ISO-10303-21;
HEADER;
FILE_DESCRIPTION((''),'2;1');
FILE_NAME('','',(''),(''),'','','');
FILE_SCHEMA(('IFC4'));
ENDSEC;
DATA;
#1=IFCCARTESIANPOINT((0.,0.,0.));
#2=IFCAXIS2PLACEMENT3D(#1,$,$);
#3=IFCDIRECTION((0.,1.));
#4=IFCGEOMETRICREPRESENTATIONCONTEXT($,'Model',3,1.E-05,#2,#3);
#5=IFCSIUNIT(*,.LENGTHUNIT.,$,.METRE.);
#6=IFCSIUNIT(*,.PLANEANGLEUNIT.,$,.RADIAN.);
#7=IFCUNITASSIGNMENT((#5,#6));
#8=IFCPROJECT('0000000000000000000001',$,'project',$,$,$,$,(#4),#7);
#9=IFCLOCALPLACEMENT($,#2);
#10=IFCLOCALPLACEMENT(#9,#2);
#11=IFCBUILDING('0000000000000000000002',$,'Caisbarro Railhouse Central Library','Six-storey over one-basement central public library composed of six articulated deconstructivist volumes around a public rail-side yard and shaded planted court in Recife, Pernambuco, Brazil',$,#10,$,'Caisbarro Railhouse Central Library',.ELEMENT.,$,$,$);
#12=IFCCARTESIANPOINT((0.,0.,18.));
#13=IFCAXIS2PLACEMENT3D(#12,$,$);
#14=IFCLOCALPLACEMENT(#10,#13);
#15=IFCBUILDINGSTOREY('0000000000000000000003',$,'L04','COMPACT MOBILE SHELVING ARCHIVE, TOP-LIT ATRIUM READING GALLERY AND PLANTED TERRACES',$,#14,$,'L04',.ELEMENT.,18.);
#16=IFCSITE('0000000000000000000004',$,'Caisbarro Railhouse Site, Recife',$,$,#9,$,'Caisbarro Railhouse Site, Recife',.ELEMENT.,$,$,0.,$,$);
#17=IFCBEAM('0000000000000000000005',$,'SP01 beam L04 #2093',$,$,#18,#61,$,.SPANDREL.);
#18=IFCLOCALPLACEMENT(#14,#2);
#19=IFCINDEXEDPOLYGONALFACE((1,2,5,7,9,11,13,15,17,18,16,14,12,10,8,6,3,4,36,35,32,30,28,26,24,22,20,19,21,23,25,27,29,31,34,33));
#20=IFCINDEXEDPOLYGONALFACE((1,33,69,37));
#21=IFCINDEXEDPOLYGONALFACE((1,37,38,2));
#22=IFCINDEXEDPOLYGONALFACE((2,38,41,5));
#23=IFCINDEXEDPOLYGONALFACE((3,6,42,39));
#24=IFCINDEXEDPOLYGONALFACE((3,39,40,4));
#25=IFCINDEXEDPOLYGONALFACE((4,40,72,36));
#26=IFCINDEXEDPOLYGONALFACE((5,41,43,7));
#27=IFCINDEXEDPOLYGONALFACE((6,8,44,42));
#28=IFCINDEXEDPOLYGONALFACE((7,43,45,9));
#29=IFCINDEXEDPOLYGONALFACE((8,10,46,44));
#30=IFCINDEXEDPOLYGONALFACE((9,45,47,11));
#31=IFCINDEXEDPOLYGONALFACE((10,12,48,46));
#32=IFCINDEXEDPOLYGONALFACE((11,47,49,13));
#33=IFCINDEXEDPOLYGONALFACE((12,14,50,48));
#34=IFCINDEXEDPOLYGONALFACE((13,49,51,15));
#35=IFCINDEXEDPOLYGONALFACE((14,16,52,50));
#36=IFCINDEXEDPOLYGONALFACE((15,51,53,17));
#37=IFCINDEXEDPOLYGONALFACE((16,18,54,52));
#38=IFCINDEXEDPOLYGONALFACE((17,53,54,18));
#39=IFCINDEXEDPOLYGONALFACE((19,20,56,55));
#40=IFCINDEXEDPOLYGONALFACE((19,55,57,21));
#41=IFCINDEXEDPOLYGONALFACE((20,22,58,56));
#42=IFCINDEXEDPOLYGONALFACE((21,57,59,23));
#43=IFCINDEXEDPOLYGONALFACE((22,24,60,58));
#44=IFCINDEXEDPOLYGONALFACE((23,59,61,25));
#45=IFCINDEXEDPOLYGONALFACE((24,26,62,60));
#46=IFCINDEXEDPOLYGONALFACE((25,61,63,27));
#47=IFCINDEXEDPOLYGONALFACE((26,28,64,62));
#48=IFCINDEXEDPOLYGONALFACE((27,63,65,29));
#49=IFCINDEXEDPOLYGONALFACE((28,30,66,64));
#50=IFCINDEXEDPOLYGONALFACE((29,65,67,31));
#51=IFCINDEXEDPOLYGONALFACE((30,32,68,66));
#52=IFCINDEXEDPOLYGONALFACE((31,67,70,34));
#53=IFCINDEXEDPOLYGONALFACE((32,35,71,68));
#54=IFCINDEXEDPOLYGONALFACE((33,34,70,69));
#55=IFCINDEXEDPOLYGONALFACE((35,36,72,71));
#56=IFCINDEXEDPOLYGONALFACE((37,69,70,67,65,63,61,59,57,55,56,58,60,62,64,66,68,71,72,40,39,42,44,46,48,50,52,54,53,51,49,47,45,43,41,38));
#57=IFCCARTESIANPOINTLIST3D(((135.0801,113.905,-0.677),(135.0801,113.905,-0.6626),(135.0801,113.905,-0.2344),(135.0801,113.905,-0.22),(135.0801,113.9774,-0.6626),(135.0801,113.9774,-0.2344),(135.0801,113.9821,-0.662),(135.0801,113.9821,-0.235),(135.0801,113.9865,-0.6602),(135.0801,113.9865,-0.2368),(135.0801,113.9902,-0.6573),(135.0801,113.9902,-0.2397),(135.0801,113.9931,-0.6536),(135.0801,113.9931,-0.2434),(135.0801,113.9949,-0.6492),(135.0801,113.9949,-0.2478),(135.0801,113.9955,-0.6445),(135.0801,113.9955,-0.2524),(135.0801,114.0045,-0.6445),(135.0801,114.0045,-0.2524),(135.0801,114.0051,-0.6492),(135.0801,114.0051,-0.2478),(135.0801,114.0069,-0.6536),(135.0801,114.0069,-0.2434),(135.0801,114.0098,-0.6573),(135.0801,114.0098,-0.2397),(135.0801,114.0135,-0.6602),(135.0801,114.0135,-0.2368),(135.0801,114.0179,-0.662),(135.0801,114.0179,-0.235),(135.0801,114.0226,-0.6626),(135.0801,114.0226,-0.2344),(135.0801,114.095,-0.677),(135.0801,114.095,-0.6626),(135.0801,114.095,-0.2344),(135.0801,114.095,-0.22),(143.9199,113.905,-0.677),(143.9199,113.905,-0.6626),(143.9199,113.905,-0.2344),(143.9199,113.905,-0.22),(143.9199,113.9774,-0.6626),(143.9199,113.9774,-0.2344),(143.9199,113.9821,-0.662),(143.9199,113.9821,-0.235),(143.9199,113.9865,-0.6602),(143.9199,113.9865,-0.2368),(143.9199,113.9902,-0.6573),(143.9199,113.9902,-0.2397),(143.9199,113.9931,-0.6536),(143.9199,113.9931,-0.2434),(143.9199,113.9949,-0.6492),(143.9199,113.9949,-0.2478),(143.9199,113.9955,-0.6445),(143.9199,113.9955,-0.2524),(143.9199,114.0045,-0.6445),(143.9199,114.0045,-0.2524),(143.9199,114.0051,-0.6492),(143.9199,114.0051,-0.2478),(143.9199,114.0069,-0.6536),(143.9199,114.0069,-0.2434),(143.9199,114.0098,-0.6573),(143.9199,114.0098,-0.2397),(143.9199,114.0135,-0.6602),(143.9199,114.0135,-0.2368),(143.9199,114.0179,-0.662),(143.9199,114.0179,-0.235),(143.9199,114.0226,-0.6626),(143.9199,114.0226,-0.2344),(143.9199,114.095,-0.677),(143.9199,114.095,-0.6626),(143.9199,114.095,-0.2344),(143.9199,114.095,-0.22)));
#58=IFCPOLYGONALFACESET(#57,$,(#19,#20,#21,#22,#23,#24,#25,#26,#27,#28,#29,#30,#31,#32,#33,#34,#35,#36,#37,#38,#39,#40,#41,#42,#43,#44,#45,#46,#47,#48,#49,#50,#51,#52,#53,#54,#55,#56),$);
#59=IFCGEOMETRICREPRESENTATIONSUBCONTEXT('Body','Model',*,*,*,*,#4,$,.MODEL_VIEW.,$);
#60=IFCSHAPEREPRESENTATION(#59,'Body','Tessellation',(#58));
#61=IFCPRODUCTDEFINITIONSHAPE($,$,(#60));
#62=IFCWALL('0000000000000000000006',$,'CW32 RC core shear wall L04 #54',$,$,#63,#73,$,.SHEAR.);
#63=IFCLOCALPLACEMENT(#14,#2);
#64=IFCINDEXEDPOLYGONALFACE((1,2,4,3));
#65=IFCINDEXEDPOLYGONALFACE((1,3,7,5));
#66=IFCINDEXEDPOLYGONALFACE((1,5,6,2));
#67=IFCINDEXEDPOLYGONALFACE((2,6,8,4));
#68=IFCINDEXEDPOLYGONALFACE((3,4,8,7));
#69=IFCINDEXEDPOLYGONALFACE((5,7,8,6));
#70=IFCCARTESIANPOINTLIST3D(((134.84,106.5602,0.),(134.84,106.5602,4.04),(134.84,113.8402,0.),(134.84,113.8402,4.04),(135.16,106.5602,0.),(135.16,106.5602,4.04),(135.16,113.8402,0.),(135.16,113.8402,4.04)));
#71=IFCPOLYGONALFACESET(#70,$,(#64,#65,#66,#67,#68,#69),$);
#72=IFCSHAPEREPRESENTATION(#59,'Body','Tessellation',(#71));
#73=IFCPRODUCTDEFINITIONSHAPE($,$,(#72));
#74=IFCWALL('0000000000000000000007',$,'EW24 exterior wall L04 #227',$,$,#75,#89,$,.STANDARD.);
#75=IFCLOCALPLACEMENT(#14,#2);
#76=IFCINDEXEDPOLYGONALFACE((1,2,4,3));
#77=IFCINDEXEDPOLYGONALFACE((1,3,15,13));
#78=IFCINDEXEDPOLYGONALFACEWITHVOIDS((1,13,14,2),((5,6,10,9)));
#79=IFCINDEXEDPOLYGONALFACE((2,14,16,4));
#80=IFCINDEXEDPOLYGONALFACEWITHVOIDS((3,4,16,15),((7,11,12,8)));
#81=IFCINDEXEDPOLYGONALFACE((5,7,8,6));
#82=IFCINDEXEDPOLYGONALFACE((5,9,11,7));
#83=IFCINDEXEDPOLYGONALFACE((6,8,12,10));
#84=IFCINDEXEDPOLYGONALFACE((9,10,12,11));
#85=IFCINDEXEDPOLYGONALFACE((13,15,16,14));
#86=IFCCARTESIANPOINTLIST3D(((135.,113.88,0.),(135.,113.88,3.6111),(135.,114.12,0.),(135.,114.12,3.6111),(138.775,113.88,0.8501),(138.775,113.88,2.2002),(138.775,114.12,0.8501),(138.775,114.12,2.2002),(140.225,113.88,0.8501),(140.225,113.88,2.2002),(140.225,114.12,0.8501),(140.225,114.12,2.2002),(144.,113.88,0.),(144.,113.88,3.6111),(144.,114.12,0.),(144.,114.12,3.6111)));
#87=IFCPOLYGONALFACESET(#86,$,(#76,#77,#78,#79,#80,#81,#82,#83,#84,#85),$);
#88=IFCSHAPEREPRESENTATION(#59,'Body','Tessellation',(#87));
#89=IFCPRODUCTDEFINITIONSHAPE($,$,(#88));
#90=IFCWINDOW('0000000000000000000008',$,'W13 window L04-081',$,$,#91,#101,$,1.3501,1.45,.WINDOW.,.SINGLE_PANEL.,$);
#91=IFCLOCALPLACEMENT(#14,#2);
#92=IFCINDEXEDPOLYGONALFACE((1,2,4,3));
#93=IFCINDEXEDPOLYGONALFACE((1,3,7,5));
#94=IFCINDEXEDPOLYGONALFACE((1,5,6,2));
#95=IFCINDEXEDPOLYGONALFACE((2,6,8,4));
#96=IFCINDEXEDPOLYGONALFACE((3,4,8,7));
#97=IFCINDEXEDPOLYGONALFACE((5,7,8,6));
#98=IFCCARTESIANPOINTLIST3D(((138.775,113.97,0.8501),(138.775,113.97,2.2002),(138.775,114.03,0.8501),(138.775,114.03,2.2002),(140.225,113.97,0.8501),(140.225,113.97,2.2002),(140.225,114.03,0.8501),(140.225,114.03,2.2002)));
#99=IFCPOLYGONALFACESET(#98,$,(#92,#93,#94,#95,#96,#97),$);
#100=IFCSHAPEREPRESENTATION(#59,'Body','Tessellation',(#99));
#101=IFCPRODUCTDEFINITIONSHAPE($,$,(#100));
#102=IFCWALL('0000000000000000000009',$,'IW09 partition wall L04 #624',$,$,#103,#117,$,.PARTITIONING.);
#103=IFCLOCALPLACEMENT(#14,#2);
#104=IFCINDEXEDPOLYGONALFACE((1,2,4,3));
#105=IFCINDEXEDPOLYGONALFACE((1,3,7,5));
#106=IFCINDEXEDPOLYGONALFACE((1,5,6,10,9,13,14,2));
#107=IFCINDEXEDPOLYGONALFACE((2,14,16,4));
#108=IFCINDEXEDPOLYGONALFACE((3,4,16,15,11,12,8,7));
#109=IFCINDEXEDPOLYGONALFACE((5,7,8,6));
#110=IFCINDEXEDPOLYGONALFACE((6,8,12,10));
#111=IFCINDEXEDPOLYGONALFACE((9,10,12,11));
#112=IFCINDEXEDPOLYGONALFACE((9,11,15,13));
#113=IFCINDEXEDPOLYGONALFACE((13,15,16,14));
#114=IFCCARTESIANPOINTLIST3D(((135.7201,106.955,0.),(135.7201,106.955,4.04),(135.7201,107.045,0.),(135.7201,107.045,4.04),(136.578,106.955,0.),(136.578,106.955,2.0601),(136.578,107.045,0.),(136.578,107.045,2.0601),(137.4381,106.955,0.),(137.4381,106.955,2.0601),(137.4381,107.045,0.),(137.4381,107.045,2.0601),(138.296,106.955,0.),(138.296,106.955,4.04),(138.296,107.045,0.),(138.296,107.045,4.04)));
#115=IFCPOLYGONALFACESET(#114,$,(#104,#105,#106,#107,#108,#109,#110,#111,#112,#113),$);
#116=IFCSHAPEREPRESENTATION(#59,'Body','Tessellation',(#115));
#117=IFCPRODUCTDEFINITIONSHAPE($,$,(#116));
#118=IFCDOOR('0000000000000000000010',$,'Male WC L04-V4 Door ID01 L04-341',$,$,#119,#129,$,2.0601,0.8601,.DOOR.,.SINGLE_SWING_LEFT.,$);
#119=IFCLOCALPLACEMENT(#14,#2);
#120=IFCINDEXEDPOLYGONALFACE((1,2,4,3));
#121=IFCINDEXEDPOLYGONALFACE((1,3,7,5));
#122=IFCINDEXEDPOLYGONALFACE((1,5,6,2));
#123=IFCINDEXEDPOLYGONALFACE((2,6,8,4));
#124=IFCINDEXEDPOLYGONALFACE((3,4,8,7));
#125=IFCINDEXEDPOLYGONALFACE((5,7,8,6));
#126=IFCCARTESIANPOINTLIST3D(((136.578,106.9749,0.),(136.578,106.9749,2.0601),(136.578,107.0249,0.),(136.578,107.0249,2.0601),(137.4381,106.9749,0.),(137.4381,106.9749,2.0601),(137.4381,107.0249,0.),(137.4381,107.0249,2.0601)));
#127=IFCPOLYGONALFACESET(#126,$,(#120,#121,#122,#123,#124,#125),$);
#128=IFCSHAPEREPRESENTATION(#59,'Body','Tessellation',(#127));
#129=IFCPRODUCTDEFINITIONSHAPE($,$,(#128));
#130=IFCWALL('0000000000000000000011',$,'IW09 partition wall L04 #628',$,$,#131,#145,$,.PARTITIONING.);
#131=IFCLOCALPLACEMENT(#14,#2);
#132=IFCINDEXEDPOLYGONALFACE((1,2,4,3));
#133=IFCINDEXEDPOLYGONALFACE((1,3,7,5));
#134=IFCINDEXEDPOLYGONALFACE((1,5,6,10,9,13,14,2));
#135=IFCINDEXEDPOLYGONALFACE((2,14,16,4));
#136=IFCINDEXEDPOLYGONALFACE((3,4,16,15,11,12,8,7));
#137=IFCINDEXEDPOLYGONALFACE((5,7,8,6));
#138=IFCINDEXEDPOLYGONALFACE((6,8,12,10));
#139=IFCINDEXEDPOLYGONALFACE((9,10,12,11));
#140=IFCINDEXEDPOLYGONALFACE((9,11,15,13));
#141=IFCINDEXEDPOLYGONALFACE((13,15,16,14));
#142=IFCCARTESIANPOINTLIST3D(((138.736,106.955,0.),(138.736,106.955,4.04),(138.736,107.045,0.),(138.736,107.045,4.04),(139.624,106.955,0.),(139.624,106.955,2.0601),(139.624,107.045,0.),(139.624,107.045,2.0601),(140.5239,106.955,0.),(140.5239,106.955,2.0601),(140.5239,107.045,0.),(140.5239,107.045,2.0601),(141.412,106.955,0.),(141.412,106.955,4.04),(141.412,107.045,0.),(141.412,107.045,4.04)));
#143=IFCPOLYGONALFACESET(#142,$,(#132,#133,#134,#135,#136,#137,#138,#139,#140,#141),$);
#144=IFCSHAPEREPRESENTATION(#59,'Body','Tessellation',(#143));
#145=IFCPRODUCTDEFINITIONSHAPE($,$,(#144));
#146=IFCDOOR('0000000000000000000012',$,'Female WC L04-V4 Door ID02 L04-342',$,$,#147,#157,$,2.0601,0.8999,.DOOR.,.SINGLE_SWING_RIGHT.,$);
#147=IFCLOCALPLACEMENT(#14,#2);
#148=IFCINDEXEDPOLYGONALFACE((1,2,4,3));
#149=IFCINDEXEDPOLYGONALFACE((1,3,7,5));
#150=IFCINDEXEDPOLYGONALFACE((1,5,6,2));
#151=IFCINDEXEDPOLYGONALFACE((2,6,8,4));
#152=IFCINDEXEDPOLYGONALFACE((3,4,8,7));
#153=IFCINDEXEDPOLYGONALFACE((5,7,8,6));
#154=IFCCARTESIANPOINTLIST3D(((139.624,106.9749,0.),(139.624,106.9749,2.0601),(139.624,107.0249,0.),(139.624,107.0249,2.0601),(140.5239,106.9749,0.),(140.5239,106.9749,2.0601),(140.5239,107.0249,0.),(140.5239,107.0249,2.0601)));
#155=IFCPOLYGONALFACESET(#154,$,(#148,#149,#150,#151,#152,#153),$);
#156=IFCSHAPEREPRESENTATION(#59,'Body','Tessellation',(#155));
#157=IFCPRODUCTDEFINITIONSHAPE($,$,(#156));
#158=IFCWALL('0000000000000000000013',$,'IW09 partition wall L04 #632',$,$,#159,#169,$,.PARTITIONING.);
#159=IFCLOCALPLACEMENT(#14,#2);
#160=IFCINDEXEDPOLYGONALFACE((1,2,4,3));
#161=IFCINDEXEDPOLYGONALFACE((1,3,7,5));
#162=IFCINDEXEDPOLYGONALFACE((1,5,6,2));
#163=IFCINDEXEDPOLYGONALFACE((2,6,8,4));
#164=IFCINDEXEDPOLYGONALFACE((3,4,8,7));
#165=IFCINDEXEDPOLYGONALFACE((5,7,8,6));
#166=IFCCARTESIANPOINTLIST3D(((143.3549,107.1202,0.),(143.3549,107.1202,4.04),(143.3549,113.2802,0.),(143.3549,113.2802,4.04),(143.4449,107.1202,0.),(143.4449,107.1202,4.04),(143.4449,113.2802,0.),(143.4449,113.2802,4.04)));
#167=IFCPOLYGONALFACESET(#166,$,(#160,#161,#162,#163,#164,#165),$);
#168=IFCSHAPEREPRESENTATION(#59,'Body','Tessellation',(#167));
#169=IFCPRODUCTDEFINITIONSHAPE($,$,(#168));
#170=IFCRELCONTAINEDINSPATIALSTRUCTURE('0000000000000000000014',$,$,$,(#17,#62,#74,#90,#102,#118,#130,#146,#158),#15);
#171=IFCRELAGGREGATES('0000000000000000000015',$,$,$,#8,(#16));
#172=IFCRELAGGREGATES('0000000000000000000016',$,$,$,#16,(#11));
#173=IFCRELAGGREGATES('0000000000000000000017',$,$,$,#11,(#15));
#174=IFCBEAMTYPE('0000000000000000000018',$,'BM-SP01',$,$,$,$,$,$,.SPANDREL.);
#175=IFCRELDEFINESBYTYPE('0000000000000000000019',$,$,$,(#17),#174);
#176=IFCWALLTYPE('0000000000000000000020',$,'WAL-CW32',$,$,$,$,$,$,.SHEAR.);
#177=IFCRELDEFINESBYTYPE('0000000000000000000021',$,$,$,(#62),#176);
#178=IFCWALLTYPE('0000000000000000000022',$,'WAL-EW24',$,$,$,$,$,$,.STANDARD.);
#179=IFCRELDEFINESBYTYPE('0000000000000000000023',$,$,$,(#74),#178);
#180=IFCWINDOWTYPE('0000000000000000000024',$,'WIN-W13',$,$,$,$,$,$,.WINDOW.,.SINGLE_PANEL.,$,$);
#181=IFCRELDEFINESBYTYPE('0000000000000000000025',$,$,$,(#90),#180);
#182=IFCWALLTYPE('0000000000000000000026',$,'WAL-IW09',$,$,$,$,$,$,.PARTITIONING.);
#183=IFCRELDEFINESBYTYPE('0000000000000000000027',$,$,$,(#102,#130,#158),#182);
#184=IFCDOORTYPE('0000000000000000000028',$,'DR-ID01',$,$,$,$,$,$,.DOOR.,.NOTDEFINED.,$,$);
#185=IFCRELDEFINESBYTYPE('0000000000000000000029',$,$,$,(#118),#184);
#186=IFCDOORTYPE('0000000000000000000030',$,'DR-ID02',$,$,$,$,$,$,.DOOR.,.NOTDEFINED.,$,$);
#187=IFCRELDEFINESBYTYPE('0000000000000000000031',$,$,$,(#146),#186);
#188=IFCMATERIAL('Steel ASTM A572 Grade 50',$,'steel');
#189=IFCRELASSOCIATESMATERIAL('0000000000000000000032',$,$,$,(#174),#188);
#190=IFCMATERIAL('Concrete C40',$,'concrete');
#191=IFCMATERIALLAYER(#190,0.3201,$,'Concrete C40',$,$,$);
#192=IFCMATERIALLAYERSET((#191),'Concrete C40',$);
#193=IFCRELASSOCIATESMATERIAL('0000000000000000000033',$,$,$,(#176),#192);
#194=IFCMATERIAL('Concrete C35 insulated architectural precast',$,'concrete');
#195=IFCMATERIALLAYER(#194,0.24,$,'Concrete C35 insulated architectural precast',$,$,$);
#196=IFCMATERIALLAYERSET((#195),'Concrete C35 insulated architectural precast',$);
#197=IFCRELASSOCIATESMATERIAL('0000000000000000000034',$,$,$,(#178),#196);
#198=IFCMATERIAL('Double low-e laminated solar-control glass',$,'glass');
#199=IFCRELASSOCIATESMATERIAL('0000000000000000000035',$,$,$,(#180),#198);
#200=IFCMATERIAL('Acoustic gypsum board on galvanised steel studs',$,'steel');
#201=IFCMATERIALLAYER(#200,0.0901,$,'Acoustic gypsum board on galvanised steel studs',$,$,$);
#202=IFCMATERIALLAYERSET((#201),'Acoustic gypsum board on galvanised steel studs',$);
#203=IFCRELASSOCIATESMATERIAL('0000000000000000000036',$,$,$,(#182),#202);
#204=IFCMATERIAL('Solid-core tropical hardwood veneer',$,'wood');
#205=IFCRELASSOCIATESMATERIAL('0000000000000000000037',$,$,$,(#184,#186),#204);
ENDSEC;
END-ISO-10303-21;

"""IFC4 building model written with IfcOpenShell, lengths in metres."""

from ifc_helpers import new_model, si_unit, direction, frame, frame_2d, origin, origin_2d, place, context, subcontext, project, spatial, rectangle, i_section, extrude, material, layer, layer_set, material_profile, profile_set, type_object, element, fill, save


model = new_model("IFC4")

# Units and contexts
model_context = context("Model", 3, precision=1e-05, world=origin(), true_north=direction((0.0, 1.0)))
body_context = subcontext(model_context, "Body", "Model", "MODEL_VIEW")
ifc_project = project(units=[si_unit("LENGTHUNIT", "METRE"), si_unit("PLANEANGLEUNIT", "RADIAN")], contexts=[model_context])

# Site, building, storey
site_placement = place(None, origin())
site = spatial("IfcSite", under=ifc_project, at=site_placement, Name="Caisbarro Railhouse Site, Recife", LongName="Caisbarro Railhouse Site, Recife", CompositionType="ELEMENT", RefElevation=0.0)
building_placement = place(site_placement, origin())
building = spatial("IfcBuilding", under=site, at=building_placement, Name="Caisbarro Railhouse Central Library", Description="Six-storey over one-basement central public library composed of six articulated deconstructivist volumes around a public rail-side yard and shaded planted court in Recife, Pernambuco, Brazil", LongName="Caisbarro Railhouse Central Library", CompositionType="ELEMENT")
storey_placement = place(building_placement, frame((0.0, 0.0, 18.0)))
storey = spatial("IfcBuildingStorey", under=building, at=storey_placement, Name="L04", Description="COMPACT MOBILE SHELVING ARCHIVE, TOP-LIT ATRIUM READING GALLERY AND PLANTED TERRACES", LongName="L04", CompositionType="ELEMENT", Elevation=18.0)

# Shared definitions
ifc_material_1 = material(Name="Steel ASTM A572 Grade 50", Category="steel")

# Beam
ifc_material_profile_1 = material_profile(ifc_material_1, i_section(OverallWidth=0.1899, OverallDepth=0.457, WebThickness=0.009, FlangeThickness=0.0144, FilletRadius=0.0181, at=origin_2d()), Name="W460X74.0")
ifc_profile_set_1 = profile_set([ifc_material_profile_1], Name="Steel ASTM A572 Grade 50")
beam_type_1 = type_object("IfcBeamType", Name="BM-SP01", PredefinedType="SPANDREL", material=ifc_profile_set_1)
beam_1_placement = place(storey_placement, frame((135.0801, 114.0, -0.4485), z_axis=(1.0, 0.0, 0.0), x_axis=(0.0, 1.0, 0.0)))
element("IfcBeam", 1, at=beam_1_placement, inside=storey, type_object=beam_type_1, Name="SP01 beam L04 #2093", PredefinedType="SPANDREL", context=body_context, shape_type="SweptSolid", body=[
    extrude(i_section(OverallWidth=0.1899, OverallDepth=0.457, WebThickness=0.009, FlangeThickness=0.0144, FilletRadius=0.0181, at=origin_2d()), origin(), (0.0, 0.0, 1.0), 8.8398),
])

# Wall
ifc_material_2 = material(Name="Concrete C40", Category="concrete")
ifc_layer_1 = layer(ifc_material_2, 0.3201, Name="Concrete C40")
ifc_layer_set_1 = layer_set([ifc_layer_1], Name="Concrete C40")
wall_type_1 = type_object("IfcWallType", Name="WAL-CW32", PredefinedType="SHEAR", material=ifc_layer_set_1)
wall_1_placement = place(storey_placement, frame((135.0, 106.5601, 0.0), z_axis=(0.0, 0.0, 1.0), x_axis=(0.0, 1.0, 0.0)))
element("IfcWall", 2, at=wall_1_placement, inside=storey, type_object=wall_type_1, Name="CW32 RC core shear wall L04 #54", PredefinedType="SHEAR", context=body_context, shape_type="SweptSolid", body=[
    extrude(rectangle(XDim=7.28, YDim=0.3201, at=frame_2d((3.6401, 0.0))), origin(), (0.0, 0.0, 1.0), 4.04),
])

# Wall, opening, window
ifc_material_3 = material(Name="Concrete C35 insulated architectural precast", Category="concrete")
ifc_layer_2 = layer(ifc_material_3, 0.24, Name="Concrete C35 insulated architectural precast")
ifc_layer_set_2 = layer_set([ifc_layer_2], Name="Concrete C35 insulated architectural precast")
wall_type_2 = type_object("IfcWallType", Name="WAL-EW24", PredefinedType="STANDARD", material=ifc_layer_set_2)
wall_2_placement = place(storey_placement, frame((135.0, 114.0, 0.0), z_axis=(0.0, 0.0, 1.0), x_axis=(1.0, 0.0, 0.0)))
wall_2 = element("IfcWall", 3, at=wall_2_placement, inside=storey, type_object=wall_type_2, Name="EW24 exterior wall L04 #227", PredefinedType="STANDARD", context=body_context, shape_type="SweptSolid", body=[
    extrude(rectangle(XDim=9.0, YDim=0.24, at=frame_2d((4.5, 0.0))), origin(), (0.0, 0.0, 1.0), 3.6111),
])
opening_1_placement = place(wall_2_placement, frame((3.7749, 0.0, 0.8501)))
opening_1 = element("IfcOpeningElement", 4, at=opening_1_placement, cuts=wall_2, PredefinedType="OPENING", context=body_context, shape_type="SweptSolid", body=[
    extrude(rectangle(XDim=1.45, YDim=1.3501, at=frame_2d((0.7251, 0.675))), frame((0.0, 0.1299, 0.0), z_axis=(0.0, -1.0, 0.0), x_axis=(1.0, 0.0, 0.0)), (0.0, 0.0, 1.0), 0.26),
])
ifc_material_4 = material(Name="Double low-e laminated solar-control glass", Category="glass")
window_type = type_object("IfcWindowType", Name="WIN-W13", PartitioningType="SINGLE_PANEL", PredefinedType="WINDOW", material=ifc_material_4)
window_placement = place(opening_1_placement, origin())
window = element("IfcWindow", 5, at=window_placement, inside=storey, type_object=window_type, Name="W13 window L04-081", OverallHeight=1.3501, OverallWidth=1.45, PartitioningType="SINGLE_PANEL", PredefinedType="WINDOW", context=body_context, shape_type="SweptSolid", body=[
    extrude(rectangle(XDim=1.45, YDim=1.3501, at=frame_2d((0.7251, 0.675))), frame((0.0, 0.03, 0.0), z_axis=(0.0, -1.0, 0.0), x_axis=(1.0, 0.0, 0.0)), (0.0, 0.0, 1.0), 0.0601),
])
fill(opening_1, window)

# Walls, openings, doors
ifc_material_5 = material(Name="Acoustic gypsum board on galvanised steel studs", Category="steel")
ifc_layer_3 = layer(ifc_material_5, 0.0901, Name="Acoustic gypsum board on galvanised steel studs")
ifc_layer_set_3 = layer_set([ifc_layer_3], Name="Acoustic gypsum board on galvanised steel studs")
wall_type_3 = type_object("IfcWallType", Name="WAL-IW09", PredefinedType="PARTITIONING", material=ifc_layer_set_3)
wall_3_placement = place(storey_placement, frame((135.72, 107.0, 0.0), z_axis=(0.0, 0.0, 1.0), x_axis=(1.0, 0.0, 0.0)))
wall_3 = element("IfcWall", 6, at=wall_3_placement, inside=storey, type_object=wall_type_3, Name="IW09 partition wall L04 #624", PredefinedType="PARTITIONING", context=body_context, shape_type="SweptSolid", body=[
    extrude(rectangle(XDim=2.5759, YDim=0.0901, at=frame_2d((1.2881, 0.0))), origin(), (0.0, 0.0, 1.0), 4.04),
])
opening_2_placement = place(wall_3_placement, frame((0.8579, 0.0, 0.0)))
opening_2 = element("IfcOpeningElement", 7, at=opening_2_placement, cuts=wall_3, PredefinedType="OPENING", context=body_context, shape_type="SweptSolid", body=[
    extrude(rectangle(XDim=0.8601, YDim=2.0601, at=frame_2d((0.4302, 1.03))), frame((0.0, 0.0552, 0.0), z_axis=(0.0, -1.0, 0.0), x_axis=(1.0, 0.0, 0.0)), (0.0, 0.0, 1.0), 0.1101),
])
ifc_material_6 = material(Name="Solid-core tropical hardwood veneer", Category="wood")
door_type_1 = type_object("IfcDoorType", Name="DR-ID01", OperationType="NOTDEFINED", PredefinedType="DOOR", material=ifc_material_6)
door_1_placement = place(opening_2_placement, origin())
door_1 = element("IfcDoor", 8, at=door_1_placement, inside=storey, type_object=door_type_1, Name="Male WC L04-V4 Door ID01 L04-341", OperationType="SINGLE_SWING_LEFT", OverallHeight=2.0601, OverallWidth=0.8601, PredefinedType="DOOR", context=body_context, shape_type="SweptSolid", body=[
    extrude(rectangle(XDim=0.8601, YDim=2.0601, at=frame_2d((0.4302, 1.03))), frame((0.0, 0.0249, 0.0), z_axis=(0.0, -1.0, 0.0), x_axis=(1.0, 0.0, 0.0)), (0.0, 0.0, 1.0), 0.05),
])
fill(opening_2, door_1)
wall_4_placement = place(storey_placement, frame((138.7361, 107.0, 0.0), z_axis=(0.0, 0.0, 1.0), x_axis=(1.0, 0.0, 0.0)))
wall_4 = element("IfcWall", 9, at=wall_4_placement, inside=storey, type_object=wall_type_3, Name="IW09 partition wall L04 #628", PredefinedType="PARTITIONING", context=body_context, shape_type="SweptSolid", body=[
    extrude(rectangle(XDim=2.676, YDim=0.0901, at=frame_2d((1.3379, 0.0))), origin(), (0.0, 0.0, 1.0), 4.04),
])
opening_3_placement = place(wall_4_placement, frame((0.8879, 0.0, 0.0)))
opening_3 = element("IfcOpeningElement", 10, at=opening_3_placement, cuts=wall_4, PredefinedType="OPENING", context=body_context, shape_type="SweptSolid", body=[
    extrude(rectangle(XDim=0.8999, YDim=2.0601, at=frame_2d((0.45, 1.03))), frame((0.0, 0.0552, 0.0), z_axis=(0.0, -1.0, 0.0), x_axis=(1.0, 0.0, 0.0)), (0.0, 0.0, 1.0), 0.1101),
])
door_type_2 = type_object("IfcDoorType", Name="DR-ID02", OperationType="NOTDEFINED", PredefinedType="DOOR", material=ifc_material_6)
door_2_placement = place(opening_3_placement, origin())
door_2 = element("IfcDoor", 11, at=door_2_placement, inside=storey, type_object=door_type_2, Name="Female WC L04-V4 Door ID02 L04-342", OperationType="SINGLE_SWING_RIGHT", OverallHeight=2.0601, OverallWidth=0.8999, PredefinedType="DOOR", context=body_context, shape_type="SweptSolid", body=[
    extrude(rectangle(XDim=0.8999, YDim=2.0601, at=frame_2d((0.45, 1.03))), frame((0.0, 0.0249, 0.0), z_axis=(0.0, -1.0, 0.0), x_axis=(1.0, 0.0, 0.0)), (0.0, 0.0, 1.0), 0.05),
])
fill(opening_3, door_2)

# Wall
wall_5_placement = place(storey_placement, frame((143.3999, 107.1201, 0.0), z_axis=(0.0, 0.0, 1.0), x_axis=(0.0, 1.0, 0.0)))
element("IfcWall", 12, at=wall_5_placement, inside=storey, type_object=wall_type_3, Name="IW09 partition wall L04 #632", PredefinedType="PARTITIONING", context=body_context, shape_type="SweptSolid", body=[
    extrude(rectangle(XDim=6.1599, YDim=0.0901, at=frame_2d((3.0801, 0.0))), origin(), (0.0, 0.0, 1.0), 4.04),
])

save(model, "model.ifc")
